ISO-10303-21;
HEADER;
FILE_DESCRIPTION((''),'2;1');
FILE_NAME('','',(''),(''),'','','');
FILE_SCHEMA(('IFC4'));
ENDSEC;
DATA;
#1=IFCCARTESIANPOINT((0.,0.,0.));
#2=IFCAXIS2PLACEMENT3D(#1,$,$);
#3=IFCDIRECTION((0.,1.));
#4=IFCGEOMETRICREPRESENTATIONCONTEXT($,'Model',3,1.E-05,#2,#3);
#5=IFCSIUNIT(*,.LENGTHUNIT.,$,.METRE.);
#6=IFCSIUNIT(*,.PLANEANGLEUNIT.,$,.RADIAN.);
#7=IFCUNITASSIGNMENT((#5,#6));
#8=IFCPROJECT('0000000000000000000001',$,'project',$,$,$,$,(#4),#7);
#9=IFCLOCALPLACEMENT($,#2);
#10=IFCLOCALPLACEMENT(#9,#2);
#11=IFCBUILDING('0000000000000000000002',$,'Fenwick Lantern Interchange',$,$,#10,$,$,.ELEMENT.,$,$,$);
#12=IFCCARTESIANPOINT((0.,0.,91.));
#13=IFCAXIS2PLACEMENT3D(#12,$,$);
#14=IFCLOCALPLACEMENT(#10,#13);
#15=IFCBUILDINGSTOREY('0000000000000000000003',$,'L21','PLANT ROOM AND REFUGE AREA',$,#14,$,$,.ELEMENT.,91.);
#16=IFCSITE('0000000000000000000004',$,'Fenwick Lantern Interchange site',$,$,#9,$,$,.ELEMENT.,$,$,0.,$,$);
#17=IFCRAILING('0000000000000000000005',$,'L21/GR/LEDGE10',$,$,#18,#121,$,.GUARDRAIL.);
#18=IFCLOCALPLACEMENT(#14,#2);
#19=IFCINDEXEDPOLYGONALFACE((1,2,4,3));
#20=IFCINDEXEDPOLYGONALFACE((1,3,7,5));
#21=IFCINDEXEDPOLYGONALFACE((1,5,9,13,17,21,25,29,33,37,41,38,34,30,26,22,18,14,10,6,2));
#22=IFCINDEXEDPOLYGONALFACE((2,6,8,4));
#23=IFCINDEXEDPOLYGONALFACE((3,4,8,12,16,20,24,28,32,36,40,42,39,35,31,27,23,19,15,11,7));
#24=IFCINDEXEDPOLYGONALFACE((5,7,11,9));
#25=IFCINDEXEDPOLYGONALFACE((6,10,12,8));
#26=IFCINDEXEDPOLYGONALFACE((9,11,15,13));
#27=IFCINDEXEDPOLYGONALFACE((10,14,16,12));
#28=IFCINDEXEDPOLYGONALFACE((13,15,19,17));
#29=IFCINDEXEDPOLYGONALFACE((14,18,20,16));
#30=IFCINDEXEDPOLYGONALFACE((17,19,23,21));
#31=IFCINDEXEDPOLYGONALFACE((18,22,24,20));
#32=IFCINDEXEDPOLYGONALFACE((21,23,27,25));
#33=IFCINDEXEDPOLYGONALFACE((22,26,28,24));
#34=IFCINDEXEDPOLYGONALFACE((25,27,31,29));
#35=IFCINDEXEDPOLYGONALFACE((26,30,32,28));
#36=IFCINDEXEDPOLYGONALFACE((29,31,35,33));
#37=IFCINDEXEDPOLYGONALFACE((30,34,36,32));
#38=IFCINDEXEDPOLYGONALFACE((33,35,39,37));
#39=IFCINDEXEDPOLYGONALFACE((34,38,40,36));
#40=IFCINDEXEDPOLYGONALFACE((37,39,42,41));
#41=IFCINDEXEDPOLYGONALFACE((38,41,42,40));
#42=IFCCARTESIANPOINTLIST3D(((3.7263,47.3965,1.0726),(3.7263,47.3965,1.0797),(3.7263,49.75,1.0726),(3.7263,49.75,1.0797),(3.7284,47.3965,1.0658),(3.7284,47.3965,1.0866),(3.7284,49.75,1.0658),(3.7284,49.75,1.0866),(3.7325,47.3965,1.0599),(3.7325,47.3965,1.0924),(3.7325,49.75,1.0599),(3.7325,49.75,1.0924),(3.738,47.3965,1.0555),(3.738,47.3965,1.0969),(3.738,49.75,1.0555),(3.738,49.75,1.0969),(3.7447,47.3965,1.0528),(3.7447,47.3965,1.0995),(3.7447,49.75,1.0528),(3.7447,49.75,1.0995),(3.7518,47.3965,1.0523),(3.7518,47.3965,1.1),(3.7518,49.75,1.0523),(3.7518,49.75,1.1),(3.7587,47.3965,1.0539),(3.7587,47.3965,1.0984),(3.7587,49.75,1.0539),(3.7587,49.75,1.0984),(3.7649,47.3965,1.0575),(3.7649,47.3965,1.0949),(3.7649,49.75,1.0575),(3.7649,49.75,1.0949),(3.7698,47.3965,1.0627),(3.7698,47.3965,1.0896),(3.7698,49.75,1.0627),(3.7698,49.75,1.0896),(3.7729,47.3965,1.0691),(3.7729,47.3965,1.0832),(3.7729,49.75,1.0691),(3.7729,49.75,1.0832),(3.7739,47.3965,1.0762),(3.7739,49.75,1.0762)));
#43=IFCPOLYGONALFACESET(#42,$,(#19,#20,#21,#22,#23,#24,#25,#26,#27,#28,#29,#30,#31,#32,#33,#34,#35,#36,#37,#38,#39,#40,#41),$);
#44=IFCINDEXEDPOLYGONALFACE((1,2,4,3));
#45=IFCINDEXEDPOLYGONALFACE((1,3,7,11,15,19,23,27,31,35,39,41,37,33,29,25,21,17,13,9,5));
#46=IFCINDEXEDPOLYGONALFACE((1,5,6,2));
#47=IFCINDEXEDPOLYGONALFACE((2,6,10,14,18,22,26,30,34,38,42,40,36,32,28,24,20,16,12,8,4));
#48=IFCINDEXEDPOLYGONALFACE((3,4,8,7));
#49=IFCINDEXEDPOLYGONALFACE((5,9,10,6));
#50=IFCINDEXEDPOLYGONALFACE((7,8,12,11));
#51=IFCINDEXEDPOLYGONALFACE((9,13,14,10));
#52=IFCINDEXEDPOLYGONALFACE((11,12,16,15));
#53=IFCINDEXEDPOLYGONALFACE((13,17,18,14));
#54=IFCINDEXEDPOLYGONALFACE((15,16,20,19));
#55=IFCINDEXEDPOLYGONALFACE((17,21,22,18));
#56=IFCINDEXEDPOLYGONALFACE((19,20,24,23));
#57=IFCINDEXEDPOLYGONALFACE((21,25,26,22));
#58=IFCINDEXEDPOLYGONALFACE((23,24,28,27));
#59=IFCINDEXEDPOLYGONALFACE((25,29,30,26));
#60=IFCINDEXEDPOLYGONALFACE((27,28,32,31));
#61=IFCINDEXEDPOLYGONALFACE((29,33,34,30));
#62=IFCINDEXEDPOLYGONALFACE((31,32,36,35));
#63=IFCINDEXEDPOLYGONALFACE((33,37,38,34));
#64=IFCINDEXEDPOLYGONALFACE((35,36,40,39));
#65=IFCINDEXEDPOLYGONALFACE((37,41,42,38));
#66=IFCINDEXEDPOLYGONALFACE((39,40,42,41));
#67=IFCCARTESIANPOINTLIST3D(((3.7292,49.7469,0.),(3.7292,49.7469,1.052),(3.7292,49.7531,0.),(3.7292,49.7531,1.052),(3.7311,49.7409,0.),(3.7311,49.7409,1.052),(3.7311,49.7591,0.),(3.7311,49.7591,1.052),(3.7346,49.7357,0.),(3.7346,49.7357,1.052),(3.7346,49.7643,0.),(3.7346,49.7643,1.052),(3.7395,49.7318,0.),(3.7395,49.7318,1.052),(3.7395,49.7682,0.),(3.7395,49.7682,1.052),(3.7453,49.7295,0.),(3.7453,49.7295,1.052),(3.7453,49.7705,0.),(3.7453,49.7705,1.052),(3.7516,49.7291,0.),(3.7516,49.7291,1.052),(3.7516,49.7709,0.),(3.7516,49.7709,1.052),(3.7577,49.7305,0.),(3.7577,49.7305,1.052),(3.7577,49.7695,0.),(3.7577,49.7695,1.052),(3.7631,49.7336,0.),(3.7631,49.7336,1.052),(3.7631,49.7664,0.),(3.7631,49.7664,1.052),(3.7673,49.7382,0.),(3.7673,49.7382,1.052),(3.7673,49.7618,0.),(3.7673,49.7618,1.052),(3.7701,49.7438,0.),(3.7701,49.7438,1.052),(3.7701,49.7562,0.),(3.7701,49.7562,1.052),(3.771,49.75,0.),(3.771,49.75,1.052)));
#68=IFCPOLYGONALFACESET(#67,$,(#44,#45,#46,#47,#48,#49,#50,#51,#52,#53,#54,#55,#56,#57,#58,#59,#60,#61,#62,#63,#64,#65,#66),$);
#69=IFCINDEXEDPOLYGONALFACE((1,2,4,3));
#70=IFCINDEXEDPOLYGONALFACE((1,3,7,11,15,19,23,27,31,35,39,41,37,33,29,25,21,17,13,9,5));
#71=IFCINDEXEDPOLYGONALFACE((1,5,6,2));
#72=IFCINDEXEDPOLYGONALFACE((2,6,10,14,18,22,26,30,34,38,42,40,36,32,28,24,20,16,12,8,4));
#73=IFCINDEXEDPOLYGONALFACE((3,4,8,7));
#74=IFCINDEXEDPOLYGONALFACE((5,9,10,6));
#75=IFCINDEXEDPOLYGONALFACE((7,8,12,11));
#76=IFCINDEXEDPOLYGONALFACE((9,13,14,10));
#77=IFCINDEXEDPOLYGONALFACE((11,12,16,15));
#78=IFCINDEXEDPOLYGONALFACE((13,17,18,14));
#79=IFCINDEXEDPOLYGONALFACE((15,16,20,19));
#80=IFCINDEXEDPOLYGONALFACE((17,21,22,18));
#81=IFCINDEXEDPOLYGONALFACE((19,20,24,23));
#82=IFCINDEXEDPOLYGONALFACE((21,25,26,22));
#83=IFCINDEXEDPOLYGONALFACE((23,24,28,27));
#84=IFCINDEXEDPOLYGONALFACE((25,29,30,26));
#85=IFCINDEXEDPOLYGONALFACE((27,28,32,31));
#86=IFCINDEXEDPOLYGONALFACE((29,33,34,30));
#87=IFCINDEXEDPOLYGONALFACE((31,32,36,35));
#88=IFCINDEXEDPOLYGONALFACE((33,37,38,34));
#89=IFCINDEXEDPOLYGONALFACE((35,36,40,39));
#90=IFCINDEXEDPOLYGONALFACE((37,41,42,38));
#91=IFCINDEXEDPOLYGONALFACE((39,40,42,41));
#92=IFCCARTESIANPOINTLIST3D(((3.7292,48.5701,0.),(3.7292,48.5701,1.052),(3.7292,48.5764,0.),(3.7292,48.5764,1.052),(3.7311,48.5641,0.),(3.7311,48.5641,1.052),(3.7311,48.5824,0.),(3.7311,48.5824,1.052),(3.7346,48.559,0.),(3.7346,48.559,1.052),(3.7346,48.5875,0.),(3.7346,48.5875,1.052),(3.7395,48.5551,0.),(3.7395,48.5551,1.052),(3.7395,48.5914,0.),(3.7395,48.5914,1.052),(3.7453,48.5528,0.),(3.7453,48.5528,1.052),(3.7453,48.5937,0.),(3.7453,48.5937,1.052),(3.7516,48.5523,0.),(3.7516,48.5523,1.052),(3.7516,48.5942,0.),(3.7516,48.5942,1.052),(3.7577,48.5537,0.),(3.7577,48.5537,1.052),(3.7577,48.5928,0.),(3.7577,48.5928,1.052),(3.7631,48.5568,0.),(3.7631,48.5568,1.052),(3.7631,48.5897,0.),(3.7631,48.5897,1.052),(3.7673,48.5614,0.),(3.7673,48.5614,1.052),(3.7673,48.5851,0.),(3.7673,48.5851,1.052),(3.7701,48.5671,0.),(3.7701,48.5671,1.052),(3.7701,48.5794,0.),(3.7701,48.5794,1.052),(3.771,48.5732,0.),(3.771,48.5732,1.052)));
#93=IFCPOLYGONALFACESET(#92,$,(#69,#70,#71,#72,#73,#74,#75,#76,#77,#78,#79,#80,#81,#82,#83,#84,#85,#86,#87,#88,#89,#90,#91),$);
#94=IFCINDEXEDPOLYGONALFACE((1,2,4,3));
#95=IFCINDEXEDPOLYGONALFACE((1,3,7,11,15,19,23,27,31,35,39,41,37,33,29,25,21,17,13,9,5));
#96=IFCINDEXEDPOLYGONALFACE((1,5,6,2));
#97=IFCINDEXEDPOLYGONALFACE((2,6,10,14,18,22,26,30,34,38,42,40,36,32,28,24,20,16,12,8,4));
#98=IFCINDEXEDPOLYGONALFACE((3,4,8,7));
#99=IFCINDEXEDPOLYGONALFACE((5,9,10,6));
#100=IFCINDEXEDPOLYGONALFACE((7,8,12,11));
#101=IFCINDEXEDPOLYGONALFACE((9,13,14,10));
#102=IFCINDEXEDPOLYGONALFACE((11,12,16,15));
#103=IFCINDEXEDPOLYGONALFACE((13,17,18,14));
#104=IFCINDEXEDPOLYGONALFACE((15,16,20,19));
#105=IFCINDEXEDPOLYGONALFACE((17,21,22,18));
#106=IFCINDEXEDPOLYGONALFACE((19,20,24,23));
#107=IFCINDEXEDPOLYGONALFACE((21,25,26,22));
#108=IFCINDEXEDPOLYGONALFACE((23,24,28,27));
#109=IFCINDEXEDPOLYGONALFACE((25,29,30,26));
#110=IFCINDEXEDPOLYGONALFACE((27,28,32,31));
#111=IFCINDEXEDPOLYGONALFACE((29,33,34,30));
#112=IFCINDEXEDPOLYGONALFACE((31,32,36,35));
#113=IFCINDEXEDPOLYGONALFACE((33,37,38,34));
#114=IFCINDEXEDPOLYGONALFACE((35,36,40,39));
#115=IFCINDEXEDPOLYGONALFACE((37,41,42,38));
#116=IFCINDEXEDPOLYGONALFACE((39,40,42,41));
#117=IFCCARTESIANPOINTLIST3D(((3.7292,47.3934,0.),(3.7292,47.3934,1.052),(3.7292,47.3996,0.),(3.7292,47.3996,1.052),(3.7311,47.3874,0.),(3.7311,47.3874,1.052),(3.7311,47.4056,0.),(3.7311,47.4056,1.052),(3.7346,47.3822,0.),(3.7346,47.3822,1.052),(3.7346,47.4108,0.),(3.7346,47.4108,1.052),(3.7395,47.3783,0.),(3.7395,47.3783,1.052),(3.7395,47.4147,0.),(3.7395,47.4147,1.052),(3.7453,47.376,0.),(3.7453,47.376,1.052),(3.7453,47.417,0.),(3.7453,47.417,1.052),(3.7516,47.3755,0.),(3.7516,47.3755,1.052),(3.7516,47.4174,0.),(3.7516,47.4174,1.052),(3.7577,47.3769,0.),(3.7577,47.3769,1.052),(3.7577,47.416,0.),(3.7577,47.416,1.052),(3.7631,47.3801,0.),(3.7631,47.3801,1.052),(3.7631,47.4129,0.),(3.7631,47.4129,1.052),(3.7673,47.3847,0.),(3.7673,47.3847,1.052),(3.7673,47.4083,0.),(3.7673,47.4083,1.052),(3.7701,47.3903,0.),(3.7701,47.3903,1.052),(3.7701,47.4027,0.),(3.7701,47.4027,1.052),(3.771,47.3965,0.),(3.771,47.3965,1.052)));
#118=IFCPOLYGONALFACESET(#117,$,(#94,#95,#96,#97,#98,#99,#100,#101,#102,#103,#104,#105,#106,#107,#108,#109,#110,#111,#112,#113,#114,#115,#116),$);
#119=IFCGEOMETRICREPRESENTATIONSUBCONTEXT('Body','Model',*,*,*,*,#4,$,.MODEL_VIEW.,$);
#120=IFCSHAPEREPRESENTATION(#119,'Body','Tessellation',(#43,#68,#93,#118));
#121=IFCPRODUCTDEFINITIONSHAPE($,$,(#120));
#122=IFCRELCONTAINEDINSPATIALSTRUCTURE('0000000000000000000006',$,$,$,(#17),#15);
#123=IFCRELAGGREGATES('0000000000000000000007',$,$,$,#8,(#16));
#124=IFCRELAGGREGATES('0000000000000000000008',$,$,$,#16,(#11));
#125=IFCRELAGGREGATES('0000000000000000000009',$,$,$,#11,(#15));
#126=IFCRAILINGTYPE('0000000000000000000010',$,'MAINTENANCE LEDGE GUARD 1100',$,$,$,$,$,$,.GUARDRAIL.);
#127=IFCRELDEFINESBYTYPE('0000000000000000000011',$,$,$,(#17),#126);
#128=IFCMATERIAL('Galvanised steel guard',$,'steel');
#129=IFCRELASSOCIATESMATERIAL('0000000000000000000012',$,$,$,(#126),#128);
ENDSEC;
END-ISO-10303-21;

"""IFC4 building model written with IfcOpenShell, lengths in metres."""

from ifc_helpers import new_model, si_unit, direction, frame, origin, origin_2d, place, context, subcontext, project, spatial, circle, extrude, material, type_object, element, save


model = new_model("IFC4")

# Units and contexts
model_context = context("Model", 3, precision=1e-05, world=origin(), true_north=direction((0.0, 1.0)))
body_context = subcontext(model_context, "Body", "Model", "MODEL_VIEW")
ifc_project = project(units=[si_unit("LENGTHUNIT", "METRE"), si_unit("PLANEANGLEUNIT", "RADIAN")], contexts=[model_context])

# Site, building, storey
site_placement = place(None, origin())
site = spatial("IfcSite", under=ifc_project, at=site_placement, Name="Fenwick Lantern Interchange site", CompositionType="ELEMENT", RefElevation=0.0)
building_placement = place(site_placement, origin())
building = spatial("IfcBuilding", under=site, at=building_placement, Name="Fenwick Lantern Interchange", CompositionType="ELEMENT")
storey_placement = place(building_placement, frame((0.0, 0.0, 91.0)))
storey = spatial("IfcBuildingStorey", under=building, at=storey_placement, Name="L21", Description="PLANT ROOM AND REFUGE AREA", CompositionType="ELEMENT", Elevation=91.0)

# Railing
ifc_material_1 = material(Name="Galvanised steel guard", Category="steel")
railing_type = type_object("IfcRailingType", Name="MAINTENANCE LEDGE GUARD 1100", PredefinedType="GUARDRAIL", material=ifc_material_1)
railing_1_placement = place(storey_placement, frame((3.75, 49.75, 0.0)))
element("IfcRailing", 1, at=railing_1_placement, inside=storey, type_object=railing_type, Name="L21/GR/LEDGE10", PredefinedType="GUARDRAIL", context=body_context, shape_type="SweptSolid", body=[
    extrude(circle(Radius=0.0239, at=origin_2d()), frame((0.0, 0.0, 1.0762), z_axis=(0.0, -1.0, 0.0), x_axis=(1.0, 0.0, 0.0)), (0.0, 0.0, 1.0), 2.3535),
    extrude(circle(Radius=0.021, at=origin_2d()), origin(), (0.0, 0.0, 1.0), 1.052),
    extrude(circle(Radius=0.021, at=origin_2d()), frame((0.0, -1.1768, 0.0)), (0.0, 0.0, 1.0), 1.052),
    extrude(circle(Radius=0.021, at=origin_2d()), frame((0.0, -2.3535, 0.0)), (0.0, 0.0, 1.0), 1.052),
])

save(model, "model.ifc")
